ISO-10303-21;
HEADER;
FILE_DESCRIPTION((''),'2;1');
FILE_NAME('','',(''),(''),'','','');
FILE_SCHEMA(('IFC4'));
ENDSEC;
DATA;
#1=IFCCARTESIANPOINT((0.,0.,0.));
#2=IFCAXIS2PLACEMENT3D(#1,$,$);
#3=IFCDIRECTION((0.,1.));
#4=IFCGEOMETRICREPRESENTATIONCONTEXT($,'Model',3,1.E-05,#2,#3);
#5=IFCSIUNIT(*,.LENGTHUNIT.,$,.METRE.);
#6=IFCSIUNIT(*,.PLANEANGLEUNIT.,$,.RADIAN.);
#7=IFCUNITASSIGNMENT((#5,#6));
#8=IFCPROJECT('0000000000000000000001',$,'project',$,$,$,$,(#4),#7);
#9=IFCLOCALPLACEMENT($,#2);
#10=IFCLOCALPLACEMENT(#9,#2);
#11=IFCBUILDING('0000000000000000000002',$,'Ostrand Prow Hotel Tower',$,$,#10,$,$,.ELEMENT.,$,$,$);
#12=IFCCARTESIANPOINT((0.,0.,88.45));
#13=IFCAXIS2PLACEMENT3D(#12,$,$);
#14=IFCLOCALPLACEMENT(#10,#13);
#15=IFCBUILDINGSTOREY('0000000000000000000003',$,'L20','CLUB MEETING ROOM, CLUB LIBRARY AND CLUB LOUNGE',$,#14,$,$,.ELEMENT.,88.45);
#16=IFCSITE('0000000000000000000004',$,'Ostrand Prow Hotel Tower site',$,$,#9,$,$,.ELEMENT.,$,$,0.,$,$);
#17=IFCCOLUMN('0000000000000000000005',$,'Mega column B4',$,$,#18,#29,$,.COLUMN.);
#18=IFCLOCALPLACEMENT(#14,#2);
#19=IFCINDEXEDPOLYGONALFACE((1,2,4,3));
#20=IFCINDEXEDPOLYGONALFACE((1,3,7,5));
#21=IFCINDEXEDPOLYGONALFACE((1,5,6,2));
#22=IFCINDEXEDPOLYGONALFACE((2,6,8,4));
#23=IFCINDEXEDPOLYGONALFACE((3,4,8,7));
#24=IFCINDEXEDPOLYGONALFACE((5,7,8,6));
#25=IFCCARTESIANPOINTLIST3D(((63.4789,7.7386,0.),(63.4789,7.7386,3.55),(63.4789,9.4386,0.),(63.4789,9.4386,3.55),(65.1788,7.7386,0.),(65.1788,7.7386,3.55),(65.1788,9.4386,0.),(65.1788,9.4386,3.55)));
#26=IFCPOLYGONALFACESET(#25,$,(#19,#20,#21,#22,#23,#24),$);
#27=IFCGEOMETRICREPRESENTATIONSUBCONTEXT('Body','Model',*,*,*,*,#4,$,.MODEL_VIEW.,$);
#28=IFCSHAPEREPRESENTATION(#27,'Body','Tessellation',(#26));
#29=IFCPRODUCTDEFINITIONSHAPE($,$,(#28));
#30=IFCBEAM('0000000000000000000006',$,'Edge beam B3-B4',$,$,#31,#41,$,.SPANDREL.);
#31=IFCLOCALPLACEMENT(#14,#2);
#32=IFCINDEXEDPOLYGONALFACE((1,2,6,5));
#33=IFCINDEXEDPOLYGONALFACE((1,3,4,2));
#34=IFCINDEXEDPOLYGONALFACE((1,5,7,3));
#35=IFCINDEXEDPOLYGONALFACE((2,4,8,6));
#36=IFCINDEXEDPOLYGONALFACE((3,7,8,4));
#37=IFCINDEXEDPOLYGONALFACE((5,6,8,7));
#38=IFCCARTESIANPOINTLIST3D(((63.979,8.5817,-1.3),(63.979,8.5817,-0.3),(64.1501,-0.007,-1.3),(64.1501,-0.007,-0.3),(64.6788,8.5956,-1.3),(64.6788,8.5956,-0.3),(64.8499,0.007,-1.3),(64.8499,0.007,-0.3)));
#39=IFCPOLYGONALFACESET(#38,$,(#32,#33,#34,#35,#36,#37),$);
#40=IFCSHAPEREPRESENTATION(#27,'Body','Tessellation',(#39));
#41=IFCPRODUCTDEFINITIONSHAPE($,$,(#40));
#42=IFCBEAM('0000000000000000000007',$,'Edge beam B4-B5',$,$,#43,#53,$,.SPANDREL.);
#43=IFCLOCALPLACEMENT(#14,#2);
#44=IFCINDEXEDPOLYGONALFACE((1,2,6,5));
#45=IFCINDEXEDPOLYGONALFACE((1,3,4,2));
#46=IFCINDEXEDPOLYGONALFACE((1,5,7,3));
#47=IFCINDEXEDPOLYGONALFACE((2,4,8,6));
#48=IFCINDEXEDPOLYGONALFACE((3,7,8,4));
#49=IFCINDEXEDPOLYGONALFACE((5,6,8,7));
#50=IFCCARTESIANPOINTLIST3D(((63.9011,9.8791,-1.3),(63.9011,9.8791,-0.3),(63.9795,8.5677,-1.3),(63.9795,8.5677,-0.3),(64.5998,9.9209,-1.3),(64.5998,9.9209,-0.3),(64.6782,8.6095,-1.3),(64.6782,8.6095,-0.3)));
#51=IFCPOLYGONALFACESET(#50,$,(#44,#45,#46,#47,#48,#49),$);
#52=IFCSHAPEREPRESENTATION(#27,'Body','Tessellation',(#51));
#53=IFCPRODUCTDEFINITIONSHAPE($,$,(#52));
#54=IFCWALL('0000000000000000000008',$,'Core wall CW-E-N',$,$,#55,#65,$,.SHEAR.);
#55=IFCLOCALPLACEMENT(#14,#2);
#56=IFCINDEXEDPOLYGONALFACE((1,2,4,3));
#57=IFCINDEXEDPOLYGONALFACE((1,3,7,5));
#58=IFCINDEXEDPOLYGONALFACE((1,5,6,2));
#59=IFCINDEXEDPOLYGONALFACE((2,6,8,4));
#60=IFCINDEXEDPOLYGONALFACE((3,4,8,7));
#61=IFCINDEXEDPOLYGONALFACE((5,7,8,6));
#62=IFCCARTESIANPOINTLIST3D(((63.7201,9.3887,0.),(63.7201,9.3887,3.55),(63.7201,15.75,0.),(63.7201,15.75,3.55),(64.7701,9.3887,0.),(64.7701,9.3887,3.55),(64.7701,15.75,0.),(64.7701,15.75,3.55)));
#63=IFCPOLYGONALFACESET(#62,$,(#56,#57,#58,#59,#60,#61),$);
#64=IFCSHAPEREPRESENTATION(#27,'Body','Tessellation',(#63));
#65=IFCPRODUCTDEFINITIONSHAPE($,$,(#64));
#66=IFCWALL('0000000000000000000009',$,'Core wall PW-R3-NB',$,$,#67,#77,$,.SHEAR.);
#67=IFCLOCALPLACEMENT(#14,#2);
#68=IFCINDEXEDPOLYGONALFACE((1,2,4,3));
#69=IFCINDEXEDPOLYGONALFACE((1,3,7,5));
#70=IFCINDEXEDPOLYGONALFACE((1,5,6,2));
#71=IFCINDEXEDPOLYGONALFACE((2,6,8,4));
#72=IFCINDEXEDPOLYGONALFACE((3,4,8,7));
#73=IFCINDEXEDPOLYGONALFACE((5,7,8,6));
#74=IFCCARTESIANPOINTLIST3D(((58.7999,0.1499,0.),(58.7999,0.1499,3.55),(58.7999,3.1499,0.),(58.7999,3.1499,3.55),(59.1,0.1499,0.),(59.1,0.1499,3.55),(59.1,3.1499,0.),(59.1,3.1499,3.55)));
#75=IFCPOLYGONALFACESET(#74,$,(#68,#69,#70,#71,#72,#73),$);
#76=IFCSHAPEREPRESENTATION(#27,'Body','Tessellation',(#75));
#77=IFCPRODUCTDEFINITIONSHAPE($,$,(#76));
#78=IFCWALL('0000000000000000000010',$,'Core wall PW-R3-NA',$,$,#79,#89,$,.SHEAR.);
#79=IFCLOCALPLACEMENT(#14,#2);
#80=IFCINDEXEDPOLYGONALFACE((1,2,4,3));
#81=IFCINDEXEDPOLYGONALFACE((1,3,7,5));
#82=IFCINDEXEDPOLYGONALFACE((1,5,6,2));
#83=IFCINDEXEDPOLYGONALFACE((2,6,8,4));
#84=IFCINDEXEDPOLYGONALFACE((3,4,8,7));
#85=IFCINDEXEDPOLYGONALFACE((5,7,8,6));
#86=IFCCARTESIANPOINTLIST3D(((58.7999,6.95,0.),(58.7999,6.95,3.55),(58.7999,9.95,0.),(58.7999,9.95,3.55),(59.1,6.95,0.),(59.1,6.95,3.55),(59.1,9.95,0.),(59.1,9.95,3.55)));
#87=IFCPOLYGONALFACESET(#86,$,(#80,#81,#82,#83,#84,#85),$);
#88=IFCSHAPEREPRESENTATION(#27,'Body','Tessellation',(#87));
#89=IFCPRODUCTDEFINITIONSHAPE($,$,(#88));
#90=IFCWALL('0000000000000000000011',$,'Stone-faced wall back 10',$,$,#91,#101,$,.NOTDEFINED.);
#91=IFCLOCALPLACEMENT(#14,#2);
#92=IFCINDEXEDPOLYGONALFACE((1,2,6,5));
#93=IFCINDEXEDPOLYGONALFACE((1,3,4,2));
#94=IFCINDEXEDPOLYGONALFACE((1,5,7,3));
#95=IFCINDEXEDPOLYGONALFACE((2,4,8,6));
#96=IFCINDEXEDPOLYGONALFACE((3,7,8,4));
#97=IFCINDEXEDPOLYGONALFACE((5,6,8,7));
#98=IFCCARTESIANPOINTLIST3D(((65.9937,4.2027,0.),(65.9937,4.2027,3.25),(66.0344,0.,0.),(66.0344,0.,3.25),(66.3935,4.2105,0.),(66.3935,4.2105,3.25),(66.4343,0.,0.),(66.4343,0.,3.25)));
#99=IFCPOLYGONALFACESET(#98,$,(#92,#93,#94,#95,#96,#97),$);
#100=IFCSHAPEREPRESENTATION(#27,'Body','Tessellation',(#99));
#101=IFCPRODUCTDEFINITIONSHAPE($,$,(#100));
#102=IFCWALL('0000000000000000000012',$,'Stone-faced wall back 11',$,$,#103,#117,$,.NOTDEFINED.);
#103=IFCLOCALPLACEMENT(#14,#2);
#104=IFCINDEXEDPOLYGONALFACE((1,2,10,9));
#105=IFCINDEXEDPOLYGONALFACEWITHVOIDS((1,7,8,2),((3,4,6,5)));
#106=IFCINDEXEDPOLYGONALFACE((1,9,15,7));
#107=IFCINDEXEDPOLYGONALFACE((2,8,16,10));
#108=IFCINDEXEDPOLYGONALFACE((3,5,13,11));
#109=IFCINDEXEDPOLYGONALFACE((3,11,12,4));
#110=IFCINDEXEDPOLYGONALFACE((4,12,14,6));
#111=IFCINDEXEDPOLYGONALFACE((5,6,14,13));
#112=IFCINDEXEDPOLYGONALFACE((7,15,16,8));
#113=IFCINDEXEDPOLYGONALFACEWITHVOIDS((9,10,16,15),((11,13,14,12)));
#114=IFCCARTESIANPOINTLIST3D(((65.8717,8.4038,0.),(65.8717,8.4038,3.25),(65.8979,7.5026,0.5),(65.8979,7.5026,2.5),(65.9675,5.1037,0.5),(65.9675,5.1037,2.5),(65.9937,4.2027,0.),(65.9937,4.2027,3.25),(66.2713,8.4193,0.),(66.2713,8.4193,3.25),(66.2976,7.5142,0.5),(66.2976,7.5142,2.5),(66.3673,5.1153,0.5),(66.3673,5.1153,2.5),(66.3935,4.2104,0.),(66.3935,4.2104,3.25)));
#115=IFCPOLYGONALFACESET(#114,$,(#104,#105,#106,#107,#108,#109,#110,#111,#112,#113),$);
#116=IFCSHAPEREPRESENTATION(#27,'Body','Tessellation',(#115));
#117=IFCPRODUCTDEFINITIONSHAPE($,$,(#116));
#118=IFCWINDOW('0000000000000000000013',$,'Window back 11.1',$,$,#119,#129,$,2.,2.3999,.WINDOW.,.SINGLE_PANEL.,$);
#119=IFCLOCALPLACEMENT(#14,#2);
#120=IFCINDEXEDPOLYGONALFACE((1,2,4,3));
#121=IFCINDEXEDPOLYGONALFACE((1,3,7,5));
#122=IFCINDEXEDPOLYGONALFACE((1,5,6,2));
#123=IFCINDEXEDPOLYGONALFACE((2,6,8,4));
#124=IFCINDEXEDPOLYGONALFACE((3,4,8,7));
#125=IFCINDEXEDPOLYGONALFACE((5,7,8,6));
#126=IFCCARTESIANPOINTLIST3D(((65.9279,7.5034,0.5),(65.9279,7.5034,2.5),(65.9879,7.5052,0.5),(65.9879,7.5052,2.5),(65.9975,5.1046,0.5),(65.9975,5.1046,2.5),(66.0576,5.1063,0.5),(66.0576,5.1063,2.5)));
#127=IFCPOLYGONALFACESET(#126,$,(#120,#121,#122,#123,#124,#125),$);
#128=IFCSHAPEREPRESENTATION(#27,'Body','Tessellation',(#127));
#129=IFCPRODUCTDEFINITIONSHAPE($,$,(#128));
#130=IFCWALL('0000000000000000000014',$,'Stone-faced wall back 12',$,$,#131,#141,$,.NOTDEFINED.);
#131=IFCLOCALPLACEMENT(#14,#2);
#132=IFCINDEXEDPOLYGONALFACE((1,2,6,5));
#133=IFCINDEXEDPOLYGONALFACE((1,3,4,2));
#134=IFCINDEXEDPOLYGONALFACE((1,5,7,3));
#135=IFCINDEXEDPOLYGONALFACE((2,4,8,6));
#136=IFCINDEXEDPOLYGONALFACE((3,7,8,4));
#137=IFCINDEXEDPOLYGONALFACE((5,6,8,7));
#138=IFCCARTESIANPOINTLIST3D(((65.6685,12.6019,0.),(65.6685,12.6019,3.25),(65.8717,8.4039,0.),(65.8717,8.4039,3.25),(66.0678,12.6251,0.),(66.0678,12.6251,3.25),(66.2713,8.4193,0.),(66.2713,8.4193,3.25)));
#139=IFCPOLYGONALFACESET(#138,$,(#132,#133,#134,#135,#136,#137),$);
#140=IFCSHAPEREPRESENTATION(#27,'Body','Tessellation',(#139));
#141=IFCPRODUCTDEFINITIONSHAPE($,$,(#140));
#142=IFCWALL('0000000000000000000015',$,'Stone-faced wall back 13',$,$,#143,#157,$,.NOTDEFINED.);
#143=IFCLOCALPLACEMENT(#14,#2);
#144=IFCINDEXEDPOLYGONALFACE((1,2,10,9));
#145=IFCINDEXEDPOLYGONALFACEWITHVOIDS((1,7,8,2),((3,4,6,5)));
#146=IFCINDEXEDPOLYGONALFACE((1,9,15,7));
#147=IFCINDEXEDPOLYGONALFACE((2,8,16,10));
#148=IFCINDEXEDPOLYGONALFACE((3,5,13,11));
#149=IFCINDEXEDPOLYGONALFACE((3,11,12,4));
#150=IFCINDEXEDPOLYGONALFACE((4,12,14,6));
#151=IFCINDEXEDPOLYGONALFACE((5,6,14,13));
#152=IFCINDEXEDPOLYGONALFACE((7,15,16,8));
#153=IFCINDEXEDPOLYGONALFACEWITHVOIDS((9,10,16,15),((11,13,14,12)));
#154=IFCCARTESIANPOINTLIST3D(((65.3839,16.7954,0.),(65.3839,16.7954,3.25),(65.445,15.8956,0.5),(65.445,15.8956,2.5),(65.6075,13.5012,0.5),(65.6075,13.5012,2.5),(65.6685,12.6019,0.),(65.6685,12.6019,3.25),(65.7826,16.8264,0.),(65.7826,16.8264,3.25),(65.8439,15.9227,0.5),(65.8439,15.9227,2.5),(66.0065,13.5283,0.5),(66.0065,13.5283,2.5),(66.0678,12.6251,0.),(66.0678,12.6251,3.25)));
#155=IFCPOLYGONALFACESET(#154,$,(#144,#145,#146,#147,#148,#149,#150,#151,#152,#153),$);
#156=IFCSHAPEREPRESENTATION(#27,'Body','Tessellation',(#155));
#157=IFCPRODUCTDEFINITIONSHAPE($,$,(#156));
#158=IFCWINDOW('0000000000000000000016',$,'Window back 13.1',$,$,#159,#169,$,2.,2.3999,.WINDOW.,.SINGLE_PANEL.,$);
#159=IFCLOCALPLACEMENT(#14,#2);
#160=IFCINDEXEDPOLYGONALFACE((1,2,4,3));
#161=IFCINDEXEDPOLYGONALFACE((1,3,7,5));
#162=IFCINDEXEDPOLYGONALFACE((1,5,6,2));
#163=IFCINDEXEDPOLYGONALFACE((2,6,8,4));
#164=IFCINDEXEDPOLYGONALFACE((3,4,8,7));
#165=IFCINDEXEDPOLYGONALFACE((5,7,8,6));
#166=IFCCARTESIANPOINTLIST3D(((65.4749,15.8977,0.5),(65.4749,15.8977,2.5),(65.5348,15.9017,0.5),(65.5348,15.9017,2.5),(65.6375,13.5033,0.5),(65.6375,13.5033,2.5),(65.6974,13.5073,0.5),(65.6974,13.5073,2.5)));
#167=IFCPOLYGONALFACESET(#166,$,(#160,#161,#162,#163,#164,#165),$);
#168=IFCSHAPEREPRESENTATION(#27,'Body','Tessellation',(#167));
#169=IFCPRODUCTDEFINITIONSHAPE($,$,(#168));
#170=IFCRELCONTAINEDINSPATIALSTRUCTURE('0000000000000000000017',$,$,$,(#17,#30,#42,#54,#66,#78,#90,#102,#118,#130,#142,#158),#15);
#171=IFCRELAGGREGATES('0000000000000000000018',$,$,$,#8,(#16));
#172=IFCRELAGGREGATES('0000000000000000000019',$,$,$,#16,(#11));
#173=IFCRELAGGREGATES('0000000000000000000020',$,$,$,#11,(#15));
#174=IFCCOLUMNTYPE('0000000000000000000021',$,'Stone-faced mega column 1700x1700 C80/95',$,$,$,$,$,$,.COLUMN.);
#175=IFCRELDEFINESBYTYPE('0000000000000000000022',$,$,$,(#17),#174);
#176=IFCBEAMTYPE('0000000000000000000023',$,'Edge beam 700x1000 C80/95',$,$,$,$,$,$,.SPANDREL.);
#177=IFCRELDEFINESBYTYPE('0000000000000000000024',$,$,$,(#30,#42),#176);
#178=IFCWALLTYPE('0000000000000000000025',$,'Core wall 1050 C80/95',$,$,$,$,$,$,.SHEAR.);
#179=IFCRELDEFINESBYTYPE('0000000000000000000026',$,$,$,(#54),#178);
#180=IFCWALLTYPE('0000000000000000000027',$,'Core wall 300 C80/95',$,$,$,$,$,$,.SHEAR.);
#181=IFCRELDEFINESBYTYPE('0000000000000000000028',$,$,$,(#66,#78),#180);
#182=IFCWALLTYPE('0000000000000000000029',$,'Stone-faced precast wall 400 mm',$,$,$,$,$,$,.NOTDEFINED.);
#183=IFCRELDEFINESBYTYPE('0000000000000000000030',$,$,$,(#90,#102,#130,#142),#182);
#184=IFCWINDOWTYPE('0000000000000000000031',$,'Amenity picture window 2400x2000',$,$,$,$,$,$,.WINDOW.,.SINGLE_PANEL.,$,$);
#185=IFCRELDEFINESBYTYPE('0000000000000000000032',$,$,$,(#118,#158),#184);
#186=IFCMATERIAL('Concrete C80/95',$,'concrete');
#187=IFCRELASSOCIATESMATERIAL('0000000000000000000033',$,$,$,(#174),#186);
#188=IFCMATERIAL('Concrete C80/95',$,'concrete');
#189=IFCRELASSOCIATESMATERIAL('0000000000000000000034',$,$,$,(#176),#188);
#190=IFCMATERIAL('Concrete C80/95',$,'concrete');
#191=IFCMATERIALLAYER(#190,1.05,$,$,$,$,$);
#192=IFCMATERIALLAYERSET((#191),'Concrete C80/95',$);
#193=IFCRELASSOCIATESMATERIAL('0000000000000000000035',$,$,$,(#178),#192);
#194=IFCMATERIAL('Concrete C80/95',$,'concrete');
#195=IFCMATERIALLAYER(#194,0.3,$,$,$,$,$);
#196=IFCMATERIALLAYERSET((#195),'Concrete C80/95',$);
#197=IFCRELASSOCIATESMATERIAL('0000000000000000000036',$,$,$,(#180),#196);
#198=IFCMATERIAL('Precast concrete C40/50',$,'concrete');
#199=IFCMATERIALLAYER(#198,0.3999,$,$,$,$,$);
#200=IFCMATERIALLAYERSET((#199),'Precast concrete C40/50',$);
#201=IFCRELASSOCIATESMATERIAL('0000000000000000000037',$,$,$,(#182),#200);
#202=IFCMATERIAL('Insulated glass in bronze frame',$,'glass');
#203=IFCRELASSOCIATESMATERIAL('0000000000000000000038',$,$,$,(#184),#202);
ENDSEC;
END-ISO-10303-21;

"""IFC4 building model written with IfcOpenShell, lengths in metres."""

from ifc_helpers import new_model, si_unit, direction, frame, frame_2d, origin, origin_2d, place, context, subcontext, project, spatial, polyline, rectangle, outline, extrude, material, layer, layer_set, material_profile, profile_set, type_object, element, fill, save


model = new_model("IFC4")

# Units and contexts
model_context = context("Model", 3, precision=1e-05, world=origin(), true_north=direction((0.0, 1.0)))
body_context = subcontext(model_context, "Body", "Model", "MODEL_VIEW")
ifc_project = project(units=[si_unit("LENGTHUNIT", "METRE"), si_unit("PLANEANGLEUNIT", "RADIAN")], contexts=[model_context])

# Site, building, storey
site_placement = place(None, origin())
site = spatial("IfcSite", under=ifc_project, at=site_placement, Name="Ostrand Prow Hotel Tower site", CompositionType="ELEMENT", RefElevation=0.0)
building_placement = place(site_placement, origin())
building = spatial("IfcBuilding", under=site, at=building_placement, Name="Ostrand Prow Hotel Tower", CompositionType="ELEMENT")
storey_placement = place(building_placement, frame((0.0, 0.0, 88.45)))
storey = spatial("IfcBuildingStorey", under=building, at=storey_placement, Name="L20", Description="CLUB MEETING ROOM, CLUB LIBRARY AND CLUB LOUNGE", CompositionType="ELEMENT", Elevation=88.45)

# Column
ifc_material_1 = material(Name="Concrete C80/95", Category="concrete")
ifc_material_profile_1 = material_profile(ifc_material_1, rectangle(XDim=1.7, YDim=1.7, at=origin_2d()), Name="RC 1700x1700")
ifc_profile_set_1 = profile_set([ifc_material_profile_1], Name="Concrete C80/95")
column_type = type_object("IfcColumnType", Name="Stone-faced mega column 1700x1700 C80/95", PredefinedType="COLUMN", material=ifc_profile_set_1)
column_placement = place(storey_placement, frame((64.3289, 8.5886, 0.0), z_axis=(0.0, 0.0, 1.0), x_axis=(1.0, 0.0, 0.0)))
element("IfcColumn", 1, at=column_placement, inside=storey, type_object=column_type, Name="Mega column B4", PredefinedType="COLUMN", context=body_context, shape_type="SweptSolid", body=[
    extrude(rectangle(XDim=1.7, YDim=1.7, at=origin_2d()), origin(), (0.0, 0.0, 1.0), 3.55),
])

# Beams
ifc_material_2 = material(Name="Concrete C80/95", Category="concrete")
ifc_material_profile_2 = material_profile(ifc_material_2, rectangle(XDim=0.7, YDim=1.0, at=origin_2d()), Name="RC 700x1000")
ifc_profile_set_2 = profile_set([ifc_material_profile_2], Name="Concrete C80/95")
beam_type = type_object("IfcBeamType", Name="Edge beam 700x1000 C80/95", PredefinedType="SPANDREL", material=ifc_profile_set_2)
beam_1_placement = place(storey_placement, frame((64.5, 0.0, -0.8), z_axis=(-0.019923, 0.999802, 0.0), x_axis=(-0.999802, -0.019923, 0.0)))
element("IfcBeam", 2, at=beam_1_placement, inside=storey, type_object=beam_type, Name="Edge beam B3-B4", PredefinedType="SPANDREL", context=body_context, shape_type="SweptSolid", body=[
    extrude(rectangle(XDim=0.7, YDim=1.0, at=origin_2d()), origin(), (0.0, 0.0, 1.0), 8.5903),
])
beam_2_placement = place(storey_placement, frame((64.3289, 8.5886, -0.8), z_axis=(-0.059659, 0.998219, 0.0), x_axis=(-0.998219, -0.059659, 0.0)))
element("IfcBeam", 3, at=beam_2_placement, inside=storey, type_object=beam_type, Name="Edge beam B4-B5", PredefinedType="SPANDREL", context=body_context, shape_type="SweptSolid", body=[
    extrude(rectangle(XDim=0.7, YDim=1.0, at=origin_2d()), origin(), (0.0, 0.0, 1.0), 1.3137),
])

# Walls
ifc_material_3 = material(Name="Concrete C80/95", Category="concrete")
ifc_layer_1 = layer(ifc_material_3, 1.05)
ifc_layer_set_1 = layer_set([ifc_layer_1], Name="Concrete C80/95")
wall_type_1 = type_object("IfcWallType", Name="Core wall 1050 C80/95", PredefinedType="SHEAR", material=ifc_layer_set_1)
wall_1_placement = place(storey_placement, frame((64.2451, 9.3887, 0.0), z_axis=(0.0, 0.0, 1.0), x_axis=(0.0, 1.0, 0.0)))
element("IfcWall", 4, at=wall_1_placement, inside=storey, type_object=wall_type_1, Name="Core wall CW-E-N", PredefinedType="SHEAR", context=body_context, shape_type="SweptSolid", body=[
    extrude(rectangle(XDim=6.3613, YDim=1.05, at=frame_2d((3.1807, 0.0))), origin(), (0.0, 0.0, 1.0), 3.55),
])
ifc_material_4 = material(Name="Concrete C80/95", Category="concrete")
ifc_layer_2 = layer(ifc_material_4, 0.3)
ifc_layer_set_2 = layer_set([ifc_layer_2], Name="Concrete C80/95")
wall_type_2 = type_object("IfcWallType", Name="Core wall 300 C80/95", PredefinedType="SHEAR", material=ifc_layer_set_2)
for number, where, z_axis, x_axis, name in (
    (5, (58.95, 0.1499, 0.0), (0.0, 0.0, 1.0), (0.0, 1.0, 0.0), "Core wall PW-R3-NB"),
    (6, (58.95, 6.95, 0.0), (0.0, 0.0, 1.0), (0.0, 1.0, 0.0), "Core wall PW-R3-NA"),
):
    element("IfcWall", number, at=place(storey_placement, frame(where, z_axis=z_axis, x_axis=x_axis)), inside=storey, type_object=wall_type_2, Name=name, PredefinedType="SHEAR", context=body_context, shape_type="SweptSolid", body=[
        extrude(rectangle(XDim=3.0, YDim=0.3, at=frame_2d((1.5, 0.0))), origin(), (0.0, 0.0, 1.0), 3.55),
    ])
ifc_material_5 = material(Name="Precast concrete C40/50", Category="concrete")
ifc_layer_3 = layer(ifc_material_5, 0.3999)
ifc_layer_set_3 = layer_set([ifc_layer_3], Name="Precast concrete C40/50")
wall_type_3 = type_object("IfcWallType", Name="Stone-faced precast wall 400 mm", PredefinedType="NOTDEFINED", material=ifc_layer_set_3)
wall_2_placement = place(storey_placement, frame((66.2344, 0.0, 0.0), z_axis=(0.0, 0.0, 1.0), x_axis=(-0.009692, 0.999953, 0.0)))
element("IfcWall", 7, at=wall_2_placement, inside=storey, type_object=wall_type_3, Name="Stone-faced wall back 10", PredefinedType="NOTDEFINED", context=body_context, shape_type="SweptSolid", body=[
    extrude(outline(polyline([(-0.002, -0.2), (4.2087, -0.2), (4.2048, 0.2), (0.002, 0.2), (-0.002, -0.2)])), origin(), (0.0, 0.0, 1.0), 3.25),
])

# Wall, opening, window
wall_3_placement = place(storey_placement, frame((66.1936, 4.2065, 0.0), z_axis=(0.0, 0.0, 1.0), x_axis=(-0.029017, 0.999579, 0.0)))
wall_3 = element("IfcWall", 8, at=wall_3_placement, inside=storey, type_object=wall_type_3, Name="Stone-faced wall back 11", PredefinedType="NOTDEFINED", context=body_context, shape_type="SweptSolid", body=[
    extrude(outline(polyline([(-0.002, -0.2), (4.2087, -0.2), (4.2048, 0.2), (0.002, 0.2), (-0.002, -0.2)])), origin(), (0.0, 0.0, 1.0), 3.25),
])
opening_1_placement = place(wall_3_placement, frame((0.9033, 0.0, 0.5)))
opening_1 = element("IfcOpeningElement", 9, at=opening_1_placement, cuts=wall_3, PredefinedType="OPENING", context=body_context, shape_type="SweptSolid", body=[
    extrude(rectangle(XDim=2.3999, YDim=2.0, at=frame_2d((1.2, 1.0))), frame((0.0, 0.21, 0.0), z_axis=(0.0, -1.0, 0.0), x_axis=(1.0, 0.0, 0.0)), (0.0, 0.0, 1.0), 0.4199),
])
ifc_material_6 = material(Name="Insulated glass in bronze frame", Category="glass")
window_type = type_object("IfcWindowType", Name="Amenity picture window 2400x2000", PartitioningType="SINGLE_PANEL", PredefinedType="WINDOW", material=ifc_material_6)
window_1_placement = place(opening_1_placement, origin())
window_1 = element("IfcWindow", 10, at=window_1_placement, inside=storey, type_object=window_type, Name="Window back 11.1", OverallHeight=2.0, OverallWidth=2.3999, PartitioningType="SINGLE_PANEL", PredefinedType="WINDOW", context=body_context, shape_type="SweptSolid", body=[
    extrude(rectangle(XDim=2.3999, YDim=2.0, at=frame_2d((1.2, 1.0))), frame((0.0, 0.1699, 0.0), z_axis=(0.0, -1.0, 0.0), x_axis=(1.0, 0.0, 0.0)), (0.0, 0.0, 1.0), 0.0601),
])
fill(opening_1, window_1)

# Wall
wall_4_placement = place(storey_placement, frame((66.0715, 8.4116, 0.0), z_axis=(0.0, 0.0, 1.0), x_axis=(-0.048343, 0.998831, 0.0)))
element("IfcWall", 11, at=wall_4_placement, inside=storey, type_object=wall_type_3, Name="Stone-faced wall back 12", PredefinedType="NOTDEFINED", context=body_context, shape_type="SweptSolid", body=[
    extrude(outline(polyline([(-0.002, -0.2), (4.2087, -0.2), (4.2048, 0.2), (0.002, 0.2), (-0.002, -0.2)])), origin(), (0.0, 0.0, 1.0), 3.25),
])

# Wall, opening, window
wall_5_placement = place(storey_placement, frame((65.8682, 12.6135, 0.0), z_axis=(0.0, 0.0, 1.0), x_axis=(-0.067725, 0.997704, 0.0)))
wall_5 = element("IfcWall", 12, at=wall_5_placement, inside=storey, type_object=wall_type_3, Name="Stone-faced wall back 13", PredefinedType="NOTDEFINED", context=body_context, shape_type="SweptSolid", body=[
    extrude(outline(polyline([(-0.002, -0.2), (4.209, -0.2), (4.2051, 0.2), (0.002, 0.2), (-0.002, -0.2)])), origin(), (0.0, 0.0, 1.0), 3.25),
])
opening_2_placement = place(wall_5_placement, frame((0.9033, 0.0, 0.5)))
opening_2 = element("IfcOpeningElement", 13, at=opening_2_placement, cuts=wall_5, PredefinedType="OPENING", context=body_context, shape_type="SweptSolid", body=[
    extrude(rectangle(XDim=2.3999, YDim=2.0, at=frame_2d((1.2, 1.0))), frame((0.0, 0.21, 0.0), z_axis=(0.0, -1.0, 0.0), x_axis=(1.0, 0.0, 0.0)), (0.0, 0.0, 1.0), 0.4199),
])
window_2_placement = place(opening_2_placement, origin())
window_2 = element("IfcWindow", 14, at=window_2_placement, inside=storey, type_object=window_type, Name="Window back 13.1", OverallHeight=2.0, OverallWidth=2.3999, PartitioningType="SINGLE_PANEL", PredefinedType="WINDOW", context=body_context, shape_type="SweptSolid", body=[
    extrude(rectangle(XDim=2.3999, YDim=2.0, at=frame_2d((1.2, 1.0))), frame((0.0, 0.1699, 0.0), z_axis=(0.0, -1.0, 0.0), x_axis=(1.0, 0.0, 0.0)), (0.0, 0.0, 1.0), 0.0601),
])
fill(opening_2, window_2)

save(model, "model.ifc")
